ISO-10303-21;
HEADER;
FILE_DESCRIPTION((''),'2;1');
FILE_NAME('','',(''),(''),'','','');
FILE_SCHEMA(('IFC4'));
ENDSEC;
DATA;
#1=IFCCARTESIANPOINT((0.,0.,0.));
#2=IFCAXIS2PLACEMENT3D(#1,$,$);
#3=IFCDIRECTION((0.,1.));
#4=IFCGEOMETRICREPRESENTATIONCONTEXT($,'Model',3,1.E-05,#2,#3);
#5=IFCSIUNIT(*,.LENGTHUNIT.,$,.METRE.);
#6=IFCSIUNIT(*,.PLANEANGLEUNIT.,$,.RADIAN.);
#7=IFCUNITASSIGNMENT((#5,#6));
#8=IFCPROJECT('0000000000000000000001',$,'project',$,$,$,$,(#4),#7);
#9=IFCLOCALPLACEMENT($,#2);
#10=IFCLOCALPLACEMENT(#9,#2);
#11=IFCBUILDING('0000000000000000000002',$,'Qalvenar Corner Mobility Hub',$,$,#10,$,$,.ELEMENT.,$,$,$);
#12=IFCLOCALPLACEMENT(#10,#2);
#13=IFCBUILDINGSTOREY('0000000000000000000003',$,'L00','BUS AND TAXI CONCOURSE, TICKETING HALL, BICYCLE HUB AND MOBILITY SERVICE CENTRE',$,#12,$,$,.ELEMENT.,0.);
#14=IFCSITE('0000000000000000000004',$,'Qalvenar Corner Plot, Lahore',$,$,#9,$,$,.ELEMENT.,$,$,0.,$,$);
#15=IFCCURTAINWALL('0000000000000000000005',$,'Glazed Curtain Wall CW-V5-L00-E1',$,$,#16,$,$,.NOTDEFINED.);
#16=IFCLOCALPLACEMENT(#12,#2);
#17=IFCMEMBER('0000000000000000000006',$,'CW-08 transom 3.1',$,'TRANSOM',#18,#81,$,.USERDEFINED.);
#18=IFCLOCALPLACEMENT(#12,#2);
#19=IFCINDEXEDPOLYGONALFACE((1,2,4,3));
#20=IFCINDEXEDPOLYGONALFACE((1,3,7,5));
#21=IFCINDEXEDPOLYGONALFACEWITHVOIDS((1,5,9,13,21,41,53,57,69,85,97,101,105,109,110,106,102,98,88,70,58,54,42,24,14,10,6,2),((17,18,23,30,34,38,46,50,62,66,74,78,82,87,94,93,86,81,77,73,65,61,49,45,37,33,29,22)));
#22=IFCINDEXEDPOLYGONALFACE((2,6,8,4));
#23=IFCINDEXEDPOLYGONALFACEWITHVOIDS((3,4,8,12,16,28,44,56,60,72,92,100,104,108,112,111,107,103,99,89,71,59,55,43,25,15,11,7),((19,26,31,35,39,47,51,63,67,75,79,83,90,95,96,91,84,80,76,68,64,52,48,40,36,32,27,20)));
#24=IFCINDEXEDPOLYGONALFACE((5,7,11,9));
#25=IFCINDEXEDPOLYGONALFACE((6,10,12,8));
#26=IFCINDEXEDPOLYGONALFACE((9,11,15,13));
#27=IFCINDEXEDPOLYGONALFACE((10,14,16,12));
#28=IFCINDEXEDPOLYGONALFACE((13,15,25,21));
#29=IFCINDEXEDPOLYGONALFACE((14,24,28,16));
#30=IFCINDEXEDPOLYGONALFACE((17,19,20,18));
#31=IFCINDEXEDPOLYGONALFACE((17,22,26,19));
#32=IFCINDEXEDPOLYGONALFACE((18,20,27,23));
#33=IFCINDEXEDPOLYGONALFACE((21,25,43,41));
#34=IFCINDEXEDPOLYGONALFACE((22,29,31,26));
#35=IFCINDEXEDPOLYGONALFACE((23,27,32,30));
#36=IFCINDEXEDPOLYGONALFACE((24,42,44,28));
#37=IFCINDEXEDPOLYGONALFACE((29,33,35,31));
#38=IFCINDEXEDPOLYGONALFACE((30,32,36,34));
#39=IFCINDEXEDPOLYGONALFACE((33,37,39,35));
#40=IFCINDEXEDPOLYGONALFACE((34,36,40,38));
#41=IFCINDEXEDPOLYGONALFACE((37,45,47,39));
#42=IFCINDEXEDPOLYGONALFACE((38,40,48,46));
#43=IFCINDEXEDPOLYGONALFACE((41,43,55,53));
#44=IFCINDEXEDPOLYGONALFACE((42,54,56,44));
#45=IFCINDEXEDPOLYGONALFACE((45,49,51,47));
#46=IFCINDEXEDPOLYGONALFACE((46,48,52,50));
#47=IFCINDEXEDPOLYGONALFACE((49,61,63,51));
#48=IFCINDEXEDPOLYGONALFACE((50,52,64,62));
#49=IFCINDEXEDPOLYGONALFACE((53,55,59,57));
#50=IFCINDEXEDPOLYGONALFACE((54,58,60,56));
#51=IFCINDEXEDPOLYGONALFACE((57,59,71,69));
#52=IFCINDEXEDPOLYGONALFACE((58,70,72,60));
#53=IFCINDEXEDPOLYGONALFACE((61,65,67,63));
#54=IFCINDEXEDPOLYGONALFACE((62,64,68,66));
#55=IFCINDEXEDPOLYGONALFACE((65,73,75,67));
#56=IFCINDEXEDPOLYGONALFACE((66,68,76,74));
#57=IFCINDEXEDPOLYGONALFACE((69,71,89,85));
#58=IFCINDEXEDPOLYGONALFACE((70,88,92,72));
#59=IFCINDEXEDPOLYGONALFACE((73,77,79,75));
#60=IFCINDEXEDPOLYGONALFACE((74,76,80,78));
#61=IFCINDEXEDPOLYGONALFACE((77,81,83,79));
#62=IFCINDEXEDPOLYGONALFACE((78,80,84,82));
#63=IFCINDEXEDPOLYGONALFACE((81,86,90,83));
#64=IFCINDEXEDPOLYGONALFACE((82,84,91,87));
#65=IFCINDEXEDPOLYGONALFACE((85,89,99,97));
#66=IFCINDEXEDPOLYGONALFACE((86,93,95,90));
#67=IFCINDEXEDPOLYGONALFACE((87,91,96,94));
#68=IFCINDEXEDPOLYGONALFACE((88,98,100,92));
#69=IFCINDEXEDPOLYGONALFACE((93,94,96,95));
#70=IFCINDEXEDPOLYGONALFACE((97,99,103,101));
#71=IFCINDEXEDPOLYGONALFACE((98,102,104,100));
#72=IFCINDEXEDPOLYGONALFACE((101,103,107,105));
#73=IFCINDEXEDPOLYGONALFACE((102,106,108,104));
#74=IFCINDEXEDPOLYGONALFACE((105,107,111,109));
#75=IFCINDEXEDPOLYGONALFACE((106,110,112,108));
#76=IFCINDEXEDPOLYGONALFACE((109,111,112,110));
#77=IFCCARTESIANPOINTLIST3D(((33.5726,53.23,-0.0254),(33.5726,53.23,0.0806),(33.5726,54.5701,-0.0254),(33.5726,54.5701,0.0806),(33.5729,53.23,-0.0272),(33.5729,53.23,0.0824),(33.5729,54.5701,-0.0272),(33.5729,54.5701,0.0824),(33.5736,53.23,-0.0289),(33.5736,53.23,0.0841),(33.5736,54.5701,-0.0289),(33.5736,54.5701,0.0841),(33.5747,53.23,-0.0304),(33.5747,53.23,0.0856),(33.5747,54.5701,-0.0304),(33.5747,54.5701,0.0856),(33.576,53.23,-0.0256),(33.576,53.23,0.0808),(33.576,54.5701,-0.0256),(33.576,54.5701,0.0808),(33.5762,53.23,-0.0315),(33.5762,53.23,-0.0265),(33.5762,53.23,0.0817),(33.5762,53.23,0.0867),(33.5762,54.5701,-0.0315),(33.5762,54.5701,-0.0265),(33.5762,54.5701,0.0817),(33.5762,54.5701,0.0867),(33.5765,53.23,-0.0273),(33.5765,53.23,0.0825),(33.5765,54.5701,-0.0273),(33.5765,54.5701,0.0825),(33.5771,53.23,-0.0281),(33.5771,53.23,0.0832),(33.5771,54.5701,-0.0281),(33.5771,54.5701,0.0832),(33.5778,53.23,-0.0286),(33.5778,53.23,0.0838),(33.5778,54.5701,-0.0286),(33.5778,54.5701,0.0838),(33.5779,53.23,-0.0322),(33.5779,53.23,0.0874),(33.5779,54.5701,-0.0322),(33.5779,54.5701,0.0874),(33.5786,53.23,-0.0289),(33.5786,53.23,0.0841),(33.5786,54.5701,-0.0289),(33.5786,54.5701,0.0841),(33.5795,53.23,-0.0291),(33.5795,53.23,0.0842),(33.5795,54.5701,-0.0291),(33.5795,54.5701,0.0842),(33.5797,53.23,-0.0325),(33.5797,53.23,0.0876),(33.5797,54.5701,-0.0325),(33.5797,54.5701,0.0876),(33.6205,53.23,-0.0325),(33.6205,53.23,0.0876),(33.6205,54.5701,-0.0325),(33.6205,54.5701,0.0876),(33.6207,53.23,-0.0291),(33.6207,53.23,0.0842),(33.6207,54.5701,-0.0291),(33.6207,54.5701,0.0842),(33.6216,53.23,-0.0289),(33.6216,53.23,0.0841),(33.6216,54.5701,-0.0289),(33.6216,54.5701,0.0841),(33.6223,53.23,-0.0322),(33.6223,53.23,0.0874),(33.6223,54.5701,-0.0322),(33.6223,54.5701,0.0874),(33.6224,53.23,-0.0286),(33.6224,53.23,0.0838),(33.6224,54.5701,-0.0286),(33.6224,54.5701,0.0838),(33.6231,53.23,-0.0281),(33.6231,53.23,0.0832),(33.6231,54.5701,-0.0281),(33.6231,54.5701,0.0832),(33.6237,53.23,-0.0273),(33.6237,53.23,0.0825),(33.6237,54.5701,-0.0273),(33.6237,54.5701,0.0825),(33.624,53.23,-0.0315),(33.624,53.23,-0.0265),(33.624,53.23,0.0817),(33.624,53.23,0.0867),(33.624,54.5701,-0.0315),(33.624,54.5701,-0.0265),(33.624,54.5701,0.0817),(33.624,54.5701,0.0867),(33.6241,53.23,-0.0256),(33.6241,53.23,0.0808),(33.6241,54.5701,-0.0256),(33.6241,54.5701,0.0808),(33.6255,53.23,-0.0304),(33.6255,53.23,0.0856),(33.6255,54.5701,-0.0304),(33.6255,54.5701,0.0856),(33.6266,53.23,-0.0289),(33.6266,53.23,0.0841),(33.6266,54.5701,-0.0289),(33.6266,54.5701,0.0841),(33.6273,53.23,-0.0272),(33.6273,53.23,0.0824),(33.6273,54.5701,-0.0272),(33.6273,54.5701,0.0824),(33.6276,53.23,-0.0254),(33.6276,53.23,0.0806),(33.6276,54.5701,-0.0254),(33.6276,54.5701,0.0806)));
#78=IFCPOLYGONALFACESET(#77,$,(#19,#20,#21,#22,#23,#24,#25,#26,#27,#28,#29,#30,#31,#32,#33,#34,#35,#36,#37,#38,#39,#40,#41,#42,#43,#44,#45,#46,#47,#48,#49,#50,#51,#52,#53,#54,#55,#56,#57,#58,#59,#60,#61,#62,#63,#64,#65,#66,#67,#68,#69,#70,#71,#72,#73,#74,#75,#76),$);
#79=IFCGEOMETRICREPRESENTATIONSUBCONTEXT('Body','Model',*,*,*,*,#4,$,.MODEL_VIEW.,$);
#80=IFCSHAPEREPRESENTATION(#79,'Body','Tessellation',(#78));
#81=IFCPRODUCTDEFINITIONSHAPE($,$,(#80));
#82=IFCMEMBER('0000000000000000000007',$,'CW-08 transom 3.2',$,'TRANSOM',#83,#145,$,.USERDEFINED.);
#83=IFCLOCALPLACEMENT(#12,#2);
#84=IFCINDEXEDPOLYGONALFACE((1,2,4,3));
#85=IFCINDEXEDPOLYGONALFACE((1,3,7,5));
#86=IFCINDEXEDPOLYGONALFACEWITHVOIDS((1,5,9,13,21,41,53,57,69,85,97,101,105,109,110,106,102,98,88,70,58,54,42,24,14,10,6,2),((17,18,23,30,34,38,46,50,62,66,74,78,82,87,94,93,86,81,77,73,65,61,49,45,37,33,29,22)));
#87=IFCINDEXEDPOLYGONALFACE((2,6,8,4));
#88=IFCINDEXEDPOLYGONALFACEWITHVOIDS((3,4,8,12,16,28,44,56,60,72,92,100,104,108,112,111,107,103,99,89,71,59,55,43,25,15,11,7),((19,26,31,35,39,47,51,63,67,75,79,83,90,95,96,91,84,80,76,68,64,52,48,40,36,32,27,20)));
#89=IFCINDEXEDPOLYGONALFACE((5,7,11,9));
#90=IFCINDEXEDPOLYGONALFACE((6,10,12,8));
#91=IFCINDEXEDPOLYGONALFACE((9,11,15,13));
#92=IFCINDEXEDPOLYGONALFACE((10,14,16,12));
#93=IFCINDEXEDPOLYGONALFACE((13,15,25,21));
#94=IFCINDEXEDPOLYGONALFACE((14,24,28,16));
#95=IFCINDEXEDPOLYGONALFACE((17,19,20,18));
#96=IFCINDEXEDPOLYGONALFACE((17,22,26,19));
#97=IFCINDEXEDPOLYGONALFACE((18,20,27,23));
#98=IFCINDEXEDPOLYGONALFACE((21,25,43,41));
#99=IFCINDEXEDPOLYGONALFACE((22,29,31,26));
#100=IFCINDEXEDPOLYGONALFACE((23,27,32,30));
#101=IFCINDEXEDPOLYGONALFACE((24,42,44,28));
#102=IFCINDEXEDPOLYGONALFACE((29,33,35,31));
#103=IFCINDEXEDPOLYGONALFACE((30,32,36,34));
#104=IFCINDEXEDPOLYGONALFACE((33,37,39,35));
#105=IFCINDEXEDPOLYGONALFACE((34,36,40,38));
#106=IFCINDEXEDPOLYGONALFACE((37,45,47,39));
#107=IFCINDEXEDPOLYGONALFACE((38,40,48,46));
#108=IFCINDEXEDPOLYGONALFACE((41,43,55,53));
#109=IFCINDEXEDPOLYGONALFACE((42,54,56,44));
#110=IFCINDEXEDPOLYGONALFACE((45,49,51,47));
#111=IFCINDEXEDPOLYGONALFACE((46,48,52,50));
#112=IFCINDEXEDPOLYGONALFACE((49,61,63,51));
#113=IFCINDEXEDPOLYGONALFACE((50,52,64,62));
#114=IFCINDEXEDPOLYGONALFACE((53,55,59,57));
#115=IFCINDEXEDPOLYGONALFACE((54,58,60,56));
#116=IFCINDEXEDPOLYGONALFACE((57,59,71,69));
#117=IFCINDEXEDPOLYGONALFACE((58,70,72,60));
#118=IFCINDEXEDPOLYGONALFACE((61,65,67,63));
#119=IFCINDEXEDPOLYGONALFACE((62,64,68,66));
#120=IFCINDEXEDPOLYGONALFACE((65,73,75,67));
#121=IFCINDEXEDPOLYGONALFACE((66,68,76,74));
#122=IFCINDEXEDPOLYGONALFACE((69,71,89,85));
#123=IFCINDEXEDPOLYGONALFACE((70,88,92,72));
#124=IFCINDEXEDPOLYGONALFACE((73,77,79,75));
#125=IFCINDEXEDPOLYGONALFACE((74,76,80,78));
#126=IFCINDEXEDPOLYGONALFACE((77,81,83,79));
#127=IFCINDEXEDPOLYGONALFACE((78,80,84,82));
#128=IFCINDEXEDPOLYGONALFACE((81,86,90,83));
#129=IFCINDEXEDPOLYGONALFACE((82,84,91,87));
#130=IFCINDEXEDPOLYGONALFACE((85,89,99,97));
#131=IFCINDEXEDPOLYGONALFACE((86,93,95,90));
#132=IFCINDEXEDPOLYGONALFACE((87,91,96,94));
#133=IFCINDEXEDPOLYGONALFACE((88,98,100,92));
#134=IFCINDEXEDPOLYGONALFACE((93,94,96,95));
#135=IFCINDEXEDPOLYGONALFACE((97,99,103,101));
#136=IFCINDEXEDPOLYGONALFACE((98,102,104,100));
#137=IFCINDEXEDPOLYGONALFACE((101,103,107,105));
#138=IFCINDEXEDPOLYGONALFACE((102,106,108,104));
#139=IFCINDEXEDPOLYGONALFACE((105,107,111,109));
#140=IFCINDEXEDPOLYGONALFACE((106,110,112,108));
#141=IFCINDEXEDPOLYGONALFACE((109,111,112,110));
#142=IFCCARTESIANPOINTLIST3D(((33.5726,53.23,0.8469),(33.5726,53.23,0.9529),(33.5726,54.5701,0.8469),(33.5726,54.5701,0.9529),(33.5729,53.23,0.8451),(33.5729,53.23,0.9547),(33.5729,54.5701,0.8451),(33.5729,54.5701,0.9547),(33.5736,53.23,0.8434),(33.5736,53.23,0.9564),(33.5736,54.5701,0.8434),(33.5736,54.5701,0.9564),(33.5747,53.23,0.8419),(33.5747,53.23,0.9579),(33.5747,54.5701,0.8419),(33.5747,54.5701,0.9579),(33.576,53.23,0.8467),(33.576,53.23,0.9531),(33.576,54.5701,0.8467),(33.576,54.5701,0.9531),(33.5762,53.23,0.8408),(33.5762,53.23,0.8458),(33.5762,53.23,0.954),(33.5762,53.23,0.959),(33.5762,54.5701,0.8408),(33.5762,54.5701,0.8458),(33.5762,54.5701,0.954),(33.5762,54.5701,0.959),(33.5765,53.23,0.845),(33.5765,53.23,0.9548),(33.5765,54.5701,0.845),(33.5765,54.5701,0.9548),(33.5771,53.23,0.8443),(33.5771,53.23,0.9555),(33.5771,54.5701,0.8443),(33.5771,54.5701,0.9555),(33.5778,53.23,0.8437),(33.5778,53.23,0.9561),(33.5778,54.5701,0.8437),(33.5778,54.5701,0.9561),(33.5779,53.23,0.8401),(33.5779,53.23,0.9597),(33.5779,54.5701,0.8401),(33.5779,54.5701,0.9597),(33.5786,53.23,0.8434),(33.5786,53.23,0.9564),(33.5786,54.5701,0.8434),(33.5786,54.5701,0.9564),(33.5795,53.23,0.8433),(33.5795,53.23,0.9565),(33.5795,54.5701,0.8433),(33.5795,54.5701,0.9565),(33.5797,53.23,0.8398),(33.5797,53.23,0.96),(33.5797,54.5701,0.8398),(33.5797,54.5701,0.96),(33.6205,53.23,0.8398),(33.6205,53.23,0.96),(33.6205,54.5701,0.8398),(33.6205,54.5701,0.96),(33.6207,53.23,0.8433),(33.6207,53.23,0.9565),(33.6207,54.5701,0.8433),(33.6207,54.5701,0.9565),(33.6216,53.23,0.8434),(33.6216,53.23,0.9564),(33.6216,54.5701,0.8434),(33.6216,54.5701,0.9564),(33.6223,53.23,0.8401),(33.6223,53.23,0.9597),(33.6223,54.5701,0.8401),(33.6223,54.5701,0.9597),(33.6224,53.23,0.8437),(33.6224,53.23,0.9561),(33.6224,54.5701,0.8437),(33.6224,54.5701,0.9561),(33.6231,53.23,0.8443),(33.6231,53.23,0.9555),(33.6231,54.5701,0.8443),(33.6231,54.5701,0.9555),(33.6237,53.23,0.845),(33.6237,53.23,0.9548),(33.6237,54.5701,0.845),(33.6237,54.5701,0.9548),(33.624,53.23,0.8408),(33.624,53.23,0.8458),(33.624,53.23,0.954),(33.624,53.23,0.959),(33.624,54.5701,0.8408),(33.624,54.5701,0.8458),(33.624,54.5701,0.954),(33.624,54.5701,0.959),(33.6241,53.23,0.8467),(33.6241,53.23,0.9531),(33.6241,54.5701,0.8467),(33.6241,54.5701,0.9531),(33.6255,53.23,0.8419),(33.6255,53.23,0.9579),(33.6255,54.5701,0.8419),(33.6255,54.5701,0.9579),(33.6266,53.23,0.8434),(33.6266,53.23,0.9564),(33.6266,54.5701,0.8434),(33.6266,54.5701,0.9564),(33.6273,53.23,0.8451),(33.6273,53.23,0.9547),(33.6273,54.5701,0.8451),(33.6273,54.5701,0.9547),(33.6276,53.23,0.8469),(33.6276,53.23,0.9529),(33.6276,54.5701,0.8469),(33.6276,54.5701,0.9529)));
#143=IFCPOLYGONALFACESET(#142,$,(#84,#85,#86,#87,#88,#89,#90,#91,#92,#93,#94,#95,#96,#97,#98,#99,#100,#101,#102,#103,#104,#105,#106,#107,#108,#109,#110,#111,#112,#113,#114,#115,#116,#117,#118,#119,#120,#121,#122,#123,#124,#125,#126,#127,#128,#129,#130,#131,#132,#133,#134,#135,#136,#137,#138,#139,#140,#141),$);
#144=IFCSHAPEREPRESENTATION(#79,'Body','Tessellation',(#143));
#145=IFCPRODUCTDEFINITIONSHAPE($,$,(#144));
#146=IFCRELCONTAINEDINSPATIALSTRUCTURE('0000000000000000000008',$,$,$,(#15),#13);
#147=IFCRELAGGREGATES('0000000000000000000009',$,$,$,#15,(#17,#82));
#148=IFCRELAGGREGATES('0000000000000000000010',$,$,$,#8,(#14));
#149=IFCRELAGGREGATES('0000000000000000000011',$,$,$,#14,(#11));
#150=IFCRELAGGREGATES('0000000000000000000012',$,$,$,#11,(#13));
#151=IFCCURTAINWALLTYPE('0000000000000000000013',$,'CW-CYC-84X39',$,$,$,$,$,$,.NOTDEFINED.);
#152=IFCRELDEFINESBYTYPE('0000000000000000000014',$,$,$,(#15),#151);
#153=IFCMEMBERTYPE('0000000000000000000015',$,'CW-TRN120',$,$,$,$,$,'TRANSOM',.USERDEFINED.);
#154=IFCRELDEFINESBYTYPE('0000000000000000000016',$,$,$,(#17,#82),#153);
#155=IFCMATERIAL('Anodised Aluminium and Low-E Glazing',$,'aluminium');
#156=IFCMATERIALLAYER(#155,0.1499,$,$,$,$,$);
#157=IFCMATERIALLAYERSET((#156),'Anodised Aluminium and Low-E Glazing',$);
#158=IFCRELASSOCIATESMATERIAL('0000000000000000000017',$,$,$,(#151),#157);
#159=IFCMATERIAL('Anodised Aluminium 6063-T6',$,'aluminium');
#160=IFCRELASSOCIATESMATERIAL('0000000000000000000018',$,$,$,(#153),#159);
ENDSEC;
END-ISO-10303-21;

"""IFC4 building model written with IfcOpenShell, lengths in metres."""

from ifc_helpers import new_model, si_unit, direction, frame, origin, origin_2d, place, context, subcontext, project, spatial, hollow_rectangle, extrude, material, layer, layer_set, material_profile, profile_set, type_object, element, aggregate, save


model = new_model("IFC4")

# Units and contexts
model_context = context("Model", 3, precision=1e-05, world=origin(), true_north=direction((0.0, 1.0)))
body_context = subcontext(model_context, "Body", "Model", "MODEL_VIEW")
ifc_project = project(units=[si_unit("LENGTHUNIT", "METRE"), si_unit("PLANEANGLEUNIT", "RADIAN")], contexts=[model_context])

# Site, building, storey
site_placement = place(None, origin())
site = spatial("IfcSite", under=ifc_project, at=site_placement, Name="Qalvenar Corner Plot, Lahore", CompositionType="ELEMENT", RefElevation=0.0)
building_placement = place(site_placement, origin())
building = spatial("IfcBuilding", under=site, at=building_placement, Name="Qalvenar Corner Mobility Hub", CompositionType="ELEMENT")
storey_placement = place(building_placement, origin())
storey = spatial("IfcBuildingStorey", under=building, at=storey_placement, Name="L00", Description="BUS AND TAXI CONCOURSE, TICKETING HALL, BICYCLE HUB AND MOBILITY SERVICE CENTRE", CompositionType="ELEMENT", Elevation=0.0)

# Curtain wall, members
ifc_material_1 = material(Name="Anodised Aluminium and Low-E Glazing", Category="aluminium")
ifc_layer_1 = layer(ifc_material_1, 0.1499)
ifc_layer_set_1 = layer_set([ifc_layer_1], Name="Anodised Aluminium and Low-E Glazing")
curtain_wall_type = type_object("IfcCurtainWallType", Name="CW-CYC-84X39", PredefinedType="NOTDEFINED", material=ifc_layer_set_1)
curtain_wall_placement = place(storey_placement, origin())
curtain_wall = element("IfcCurtainWall", 1, at=curtain_wall_placement, inside=storey, type_object=curtain_wall_type, Name="Glazed Curtain Wall CW-V5-L00-E1", PredefinedType="NOTDEFINED")
ifc_material_2 = material(Name="Anodised Aluminium 6063-T6", Category="aluminium")
ifc_material_profile_1 = material_profile(ifc_material_2, hollow_rectangle(XDim=0.0549, YDim=0.1201, WallThickness=0.0034, InnerFilletRadius=0.0034, OuterFilletRadius=0.0071, at=origin_2d()), Name="RHS120x55x3.5")
ifc_profile_set_1 = profile_set([ifc_material_profile_1], Name="Anodised Aluminium 6063-T6")
member_type_1 = type_object("IfcMemberType", Name="CW-TRN120", ElementType="TRANSOM", PredefinedType="USERDEFINED", material=ifc_profile_set_1)
member_1_placement = place(storey_placement, frame((33.6001, 53.23, 0.0276), z_axis=(0.0, 1.0, 0.0), x_axis=(-1.0, 0.0, 0.0)))
member_1 = element("IfcMember", 2, at=member_1_placement, type_object=member_type_1, Name="CW-08 transom 3.1", ObjectType="TRANSOM", PredefinedType="USERDEFINED", context=body_context, shape_type="SweptSolid", body=[
    extrude(hollow_rectangle(XDim=0.0549, YDim=0.1201, WallThickness=0.0034, InnerFilletRadius=0.0034, OuterFilletRadius=0.0071, at=origin_2d()), origin(), (0.0, 0.0, 1.0), 1.3401),
])
member_2_placement = place(storey_placement, frame((33.6001, 53.23, 0.8999), z_axis=(0.0, 1.0, 0.0), x_axis=(-1.0, 0.0, 0.0)))
member_2 = element("IfcMember", 3, at=member_2_placement, type_object=member_type_1, Name="CW-08 transom 3.2", ObjectType="TRANSOM", PredefinedType="USERDEFINED", context=body_context, shape_type="SweptSolid", body=[
    extrude(hollow_rectangle(XDim=0.0549, YDim=0.1201, WallThickness=0.0034, InnerFilletRadius=0.0034, OuterFilletRadius=0.0071, at=origin_2d()), origin(), (0.0, 0.0, 1.0), 1.3401),
])
aggregate(curtain_wall, [member_1, member_2])

save(model, "model.ifc")
